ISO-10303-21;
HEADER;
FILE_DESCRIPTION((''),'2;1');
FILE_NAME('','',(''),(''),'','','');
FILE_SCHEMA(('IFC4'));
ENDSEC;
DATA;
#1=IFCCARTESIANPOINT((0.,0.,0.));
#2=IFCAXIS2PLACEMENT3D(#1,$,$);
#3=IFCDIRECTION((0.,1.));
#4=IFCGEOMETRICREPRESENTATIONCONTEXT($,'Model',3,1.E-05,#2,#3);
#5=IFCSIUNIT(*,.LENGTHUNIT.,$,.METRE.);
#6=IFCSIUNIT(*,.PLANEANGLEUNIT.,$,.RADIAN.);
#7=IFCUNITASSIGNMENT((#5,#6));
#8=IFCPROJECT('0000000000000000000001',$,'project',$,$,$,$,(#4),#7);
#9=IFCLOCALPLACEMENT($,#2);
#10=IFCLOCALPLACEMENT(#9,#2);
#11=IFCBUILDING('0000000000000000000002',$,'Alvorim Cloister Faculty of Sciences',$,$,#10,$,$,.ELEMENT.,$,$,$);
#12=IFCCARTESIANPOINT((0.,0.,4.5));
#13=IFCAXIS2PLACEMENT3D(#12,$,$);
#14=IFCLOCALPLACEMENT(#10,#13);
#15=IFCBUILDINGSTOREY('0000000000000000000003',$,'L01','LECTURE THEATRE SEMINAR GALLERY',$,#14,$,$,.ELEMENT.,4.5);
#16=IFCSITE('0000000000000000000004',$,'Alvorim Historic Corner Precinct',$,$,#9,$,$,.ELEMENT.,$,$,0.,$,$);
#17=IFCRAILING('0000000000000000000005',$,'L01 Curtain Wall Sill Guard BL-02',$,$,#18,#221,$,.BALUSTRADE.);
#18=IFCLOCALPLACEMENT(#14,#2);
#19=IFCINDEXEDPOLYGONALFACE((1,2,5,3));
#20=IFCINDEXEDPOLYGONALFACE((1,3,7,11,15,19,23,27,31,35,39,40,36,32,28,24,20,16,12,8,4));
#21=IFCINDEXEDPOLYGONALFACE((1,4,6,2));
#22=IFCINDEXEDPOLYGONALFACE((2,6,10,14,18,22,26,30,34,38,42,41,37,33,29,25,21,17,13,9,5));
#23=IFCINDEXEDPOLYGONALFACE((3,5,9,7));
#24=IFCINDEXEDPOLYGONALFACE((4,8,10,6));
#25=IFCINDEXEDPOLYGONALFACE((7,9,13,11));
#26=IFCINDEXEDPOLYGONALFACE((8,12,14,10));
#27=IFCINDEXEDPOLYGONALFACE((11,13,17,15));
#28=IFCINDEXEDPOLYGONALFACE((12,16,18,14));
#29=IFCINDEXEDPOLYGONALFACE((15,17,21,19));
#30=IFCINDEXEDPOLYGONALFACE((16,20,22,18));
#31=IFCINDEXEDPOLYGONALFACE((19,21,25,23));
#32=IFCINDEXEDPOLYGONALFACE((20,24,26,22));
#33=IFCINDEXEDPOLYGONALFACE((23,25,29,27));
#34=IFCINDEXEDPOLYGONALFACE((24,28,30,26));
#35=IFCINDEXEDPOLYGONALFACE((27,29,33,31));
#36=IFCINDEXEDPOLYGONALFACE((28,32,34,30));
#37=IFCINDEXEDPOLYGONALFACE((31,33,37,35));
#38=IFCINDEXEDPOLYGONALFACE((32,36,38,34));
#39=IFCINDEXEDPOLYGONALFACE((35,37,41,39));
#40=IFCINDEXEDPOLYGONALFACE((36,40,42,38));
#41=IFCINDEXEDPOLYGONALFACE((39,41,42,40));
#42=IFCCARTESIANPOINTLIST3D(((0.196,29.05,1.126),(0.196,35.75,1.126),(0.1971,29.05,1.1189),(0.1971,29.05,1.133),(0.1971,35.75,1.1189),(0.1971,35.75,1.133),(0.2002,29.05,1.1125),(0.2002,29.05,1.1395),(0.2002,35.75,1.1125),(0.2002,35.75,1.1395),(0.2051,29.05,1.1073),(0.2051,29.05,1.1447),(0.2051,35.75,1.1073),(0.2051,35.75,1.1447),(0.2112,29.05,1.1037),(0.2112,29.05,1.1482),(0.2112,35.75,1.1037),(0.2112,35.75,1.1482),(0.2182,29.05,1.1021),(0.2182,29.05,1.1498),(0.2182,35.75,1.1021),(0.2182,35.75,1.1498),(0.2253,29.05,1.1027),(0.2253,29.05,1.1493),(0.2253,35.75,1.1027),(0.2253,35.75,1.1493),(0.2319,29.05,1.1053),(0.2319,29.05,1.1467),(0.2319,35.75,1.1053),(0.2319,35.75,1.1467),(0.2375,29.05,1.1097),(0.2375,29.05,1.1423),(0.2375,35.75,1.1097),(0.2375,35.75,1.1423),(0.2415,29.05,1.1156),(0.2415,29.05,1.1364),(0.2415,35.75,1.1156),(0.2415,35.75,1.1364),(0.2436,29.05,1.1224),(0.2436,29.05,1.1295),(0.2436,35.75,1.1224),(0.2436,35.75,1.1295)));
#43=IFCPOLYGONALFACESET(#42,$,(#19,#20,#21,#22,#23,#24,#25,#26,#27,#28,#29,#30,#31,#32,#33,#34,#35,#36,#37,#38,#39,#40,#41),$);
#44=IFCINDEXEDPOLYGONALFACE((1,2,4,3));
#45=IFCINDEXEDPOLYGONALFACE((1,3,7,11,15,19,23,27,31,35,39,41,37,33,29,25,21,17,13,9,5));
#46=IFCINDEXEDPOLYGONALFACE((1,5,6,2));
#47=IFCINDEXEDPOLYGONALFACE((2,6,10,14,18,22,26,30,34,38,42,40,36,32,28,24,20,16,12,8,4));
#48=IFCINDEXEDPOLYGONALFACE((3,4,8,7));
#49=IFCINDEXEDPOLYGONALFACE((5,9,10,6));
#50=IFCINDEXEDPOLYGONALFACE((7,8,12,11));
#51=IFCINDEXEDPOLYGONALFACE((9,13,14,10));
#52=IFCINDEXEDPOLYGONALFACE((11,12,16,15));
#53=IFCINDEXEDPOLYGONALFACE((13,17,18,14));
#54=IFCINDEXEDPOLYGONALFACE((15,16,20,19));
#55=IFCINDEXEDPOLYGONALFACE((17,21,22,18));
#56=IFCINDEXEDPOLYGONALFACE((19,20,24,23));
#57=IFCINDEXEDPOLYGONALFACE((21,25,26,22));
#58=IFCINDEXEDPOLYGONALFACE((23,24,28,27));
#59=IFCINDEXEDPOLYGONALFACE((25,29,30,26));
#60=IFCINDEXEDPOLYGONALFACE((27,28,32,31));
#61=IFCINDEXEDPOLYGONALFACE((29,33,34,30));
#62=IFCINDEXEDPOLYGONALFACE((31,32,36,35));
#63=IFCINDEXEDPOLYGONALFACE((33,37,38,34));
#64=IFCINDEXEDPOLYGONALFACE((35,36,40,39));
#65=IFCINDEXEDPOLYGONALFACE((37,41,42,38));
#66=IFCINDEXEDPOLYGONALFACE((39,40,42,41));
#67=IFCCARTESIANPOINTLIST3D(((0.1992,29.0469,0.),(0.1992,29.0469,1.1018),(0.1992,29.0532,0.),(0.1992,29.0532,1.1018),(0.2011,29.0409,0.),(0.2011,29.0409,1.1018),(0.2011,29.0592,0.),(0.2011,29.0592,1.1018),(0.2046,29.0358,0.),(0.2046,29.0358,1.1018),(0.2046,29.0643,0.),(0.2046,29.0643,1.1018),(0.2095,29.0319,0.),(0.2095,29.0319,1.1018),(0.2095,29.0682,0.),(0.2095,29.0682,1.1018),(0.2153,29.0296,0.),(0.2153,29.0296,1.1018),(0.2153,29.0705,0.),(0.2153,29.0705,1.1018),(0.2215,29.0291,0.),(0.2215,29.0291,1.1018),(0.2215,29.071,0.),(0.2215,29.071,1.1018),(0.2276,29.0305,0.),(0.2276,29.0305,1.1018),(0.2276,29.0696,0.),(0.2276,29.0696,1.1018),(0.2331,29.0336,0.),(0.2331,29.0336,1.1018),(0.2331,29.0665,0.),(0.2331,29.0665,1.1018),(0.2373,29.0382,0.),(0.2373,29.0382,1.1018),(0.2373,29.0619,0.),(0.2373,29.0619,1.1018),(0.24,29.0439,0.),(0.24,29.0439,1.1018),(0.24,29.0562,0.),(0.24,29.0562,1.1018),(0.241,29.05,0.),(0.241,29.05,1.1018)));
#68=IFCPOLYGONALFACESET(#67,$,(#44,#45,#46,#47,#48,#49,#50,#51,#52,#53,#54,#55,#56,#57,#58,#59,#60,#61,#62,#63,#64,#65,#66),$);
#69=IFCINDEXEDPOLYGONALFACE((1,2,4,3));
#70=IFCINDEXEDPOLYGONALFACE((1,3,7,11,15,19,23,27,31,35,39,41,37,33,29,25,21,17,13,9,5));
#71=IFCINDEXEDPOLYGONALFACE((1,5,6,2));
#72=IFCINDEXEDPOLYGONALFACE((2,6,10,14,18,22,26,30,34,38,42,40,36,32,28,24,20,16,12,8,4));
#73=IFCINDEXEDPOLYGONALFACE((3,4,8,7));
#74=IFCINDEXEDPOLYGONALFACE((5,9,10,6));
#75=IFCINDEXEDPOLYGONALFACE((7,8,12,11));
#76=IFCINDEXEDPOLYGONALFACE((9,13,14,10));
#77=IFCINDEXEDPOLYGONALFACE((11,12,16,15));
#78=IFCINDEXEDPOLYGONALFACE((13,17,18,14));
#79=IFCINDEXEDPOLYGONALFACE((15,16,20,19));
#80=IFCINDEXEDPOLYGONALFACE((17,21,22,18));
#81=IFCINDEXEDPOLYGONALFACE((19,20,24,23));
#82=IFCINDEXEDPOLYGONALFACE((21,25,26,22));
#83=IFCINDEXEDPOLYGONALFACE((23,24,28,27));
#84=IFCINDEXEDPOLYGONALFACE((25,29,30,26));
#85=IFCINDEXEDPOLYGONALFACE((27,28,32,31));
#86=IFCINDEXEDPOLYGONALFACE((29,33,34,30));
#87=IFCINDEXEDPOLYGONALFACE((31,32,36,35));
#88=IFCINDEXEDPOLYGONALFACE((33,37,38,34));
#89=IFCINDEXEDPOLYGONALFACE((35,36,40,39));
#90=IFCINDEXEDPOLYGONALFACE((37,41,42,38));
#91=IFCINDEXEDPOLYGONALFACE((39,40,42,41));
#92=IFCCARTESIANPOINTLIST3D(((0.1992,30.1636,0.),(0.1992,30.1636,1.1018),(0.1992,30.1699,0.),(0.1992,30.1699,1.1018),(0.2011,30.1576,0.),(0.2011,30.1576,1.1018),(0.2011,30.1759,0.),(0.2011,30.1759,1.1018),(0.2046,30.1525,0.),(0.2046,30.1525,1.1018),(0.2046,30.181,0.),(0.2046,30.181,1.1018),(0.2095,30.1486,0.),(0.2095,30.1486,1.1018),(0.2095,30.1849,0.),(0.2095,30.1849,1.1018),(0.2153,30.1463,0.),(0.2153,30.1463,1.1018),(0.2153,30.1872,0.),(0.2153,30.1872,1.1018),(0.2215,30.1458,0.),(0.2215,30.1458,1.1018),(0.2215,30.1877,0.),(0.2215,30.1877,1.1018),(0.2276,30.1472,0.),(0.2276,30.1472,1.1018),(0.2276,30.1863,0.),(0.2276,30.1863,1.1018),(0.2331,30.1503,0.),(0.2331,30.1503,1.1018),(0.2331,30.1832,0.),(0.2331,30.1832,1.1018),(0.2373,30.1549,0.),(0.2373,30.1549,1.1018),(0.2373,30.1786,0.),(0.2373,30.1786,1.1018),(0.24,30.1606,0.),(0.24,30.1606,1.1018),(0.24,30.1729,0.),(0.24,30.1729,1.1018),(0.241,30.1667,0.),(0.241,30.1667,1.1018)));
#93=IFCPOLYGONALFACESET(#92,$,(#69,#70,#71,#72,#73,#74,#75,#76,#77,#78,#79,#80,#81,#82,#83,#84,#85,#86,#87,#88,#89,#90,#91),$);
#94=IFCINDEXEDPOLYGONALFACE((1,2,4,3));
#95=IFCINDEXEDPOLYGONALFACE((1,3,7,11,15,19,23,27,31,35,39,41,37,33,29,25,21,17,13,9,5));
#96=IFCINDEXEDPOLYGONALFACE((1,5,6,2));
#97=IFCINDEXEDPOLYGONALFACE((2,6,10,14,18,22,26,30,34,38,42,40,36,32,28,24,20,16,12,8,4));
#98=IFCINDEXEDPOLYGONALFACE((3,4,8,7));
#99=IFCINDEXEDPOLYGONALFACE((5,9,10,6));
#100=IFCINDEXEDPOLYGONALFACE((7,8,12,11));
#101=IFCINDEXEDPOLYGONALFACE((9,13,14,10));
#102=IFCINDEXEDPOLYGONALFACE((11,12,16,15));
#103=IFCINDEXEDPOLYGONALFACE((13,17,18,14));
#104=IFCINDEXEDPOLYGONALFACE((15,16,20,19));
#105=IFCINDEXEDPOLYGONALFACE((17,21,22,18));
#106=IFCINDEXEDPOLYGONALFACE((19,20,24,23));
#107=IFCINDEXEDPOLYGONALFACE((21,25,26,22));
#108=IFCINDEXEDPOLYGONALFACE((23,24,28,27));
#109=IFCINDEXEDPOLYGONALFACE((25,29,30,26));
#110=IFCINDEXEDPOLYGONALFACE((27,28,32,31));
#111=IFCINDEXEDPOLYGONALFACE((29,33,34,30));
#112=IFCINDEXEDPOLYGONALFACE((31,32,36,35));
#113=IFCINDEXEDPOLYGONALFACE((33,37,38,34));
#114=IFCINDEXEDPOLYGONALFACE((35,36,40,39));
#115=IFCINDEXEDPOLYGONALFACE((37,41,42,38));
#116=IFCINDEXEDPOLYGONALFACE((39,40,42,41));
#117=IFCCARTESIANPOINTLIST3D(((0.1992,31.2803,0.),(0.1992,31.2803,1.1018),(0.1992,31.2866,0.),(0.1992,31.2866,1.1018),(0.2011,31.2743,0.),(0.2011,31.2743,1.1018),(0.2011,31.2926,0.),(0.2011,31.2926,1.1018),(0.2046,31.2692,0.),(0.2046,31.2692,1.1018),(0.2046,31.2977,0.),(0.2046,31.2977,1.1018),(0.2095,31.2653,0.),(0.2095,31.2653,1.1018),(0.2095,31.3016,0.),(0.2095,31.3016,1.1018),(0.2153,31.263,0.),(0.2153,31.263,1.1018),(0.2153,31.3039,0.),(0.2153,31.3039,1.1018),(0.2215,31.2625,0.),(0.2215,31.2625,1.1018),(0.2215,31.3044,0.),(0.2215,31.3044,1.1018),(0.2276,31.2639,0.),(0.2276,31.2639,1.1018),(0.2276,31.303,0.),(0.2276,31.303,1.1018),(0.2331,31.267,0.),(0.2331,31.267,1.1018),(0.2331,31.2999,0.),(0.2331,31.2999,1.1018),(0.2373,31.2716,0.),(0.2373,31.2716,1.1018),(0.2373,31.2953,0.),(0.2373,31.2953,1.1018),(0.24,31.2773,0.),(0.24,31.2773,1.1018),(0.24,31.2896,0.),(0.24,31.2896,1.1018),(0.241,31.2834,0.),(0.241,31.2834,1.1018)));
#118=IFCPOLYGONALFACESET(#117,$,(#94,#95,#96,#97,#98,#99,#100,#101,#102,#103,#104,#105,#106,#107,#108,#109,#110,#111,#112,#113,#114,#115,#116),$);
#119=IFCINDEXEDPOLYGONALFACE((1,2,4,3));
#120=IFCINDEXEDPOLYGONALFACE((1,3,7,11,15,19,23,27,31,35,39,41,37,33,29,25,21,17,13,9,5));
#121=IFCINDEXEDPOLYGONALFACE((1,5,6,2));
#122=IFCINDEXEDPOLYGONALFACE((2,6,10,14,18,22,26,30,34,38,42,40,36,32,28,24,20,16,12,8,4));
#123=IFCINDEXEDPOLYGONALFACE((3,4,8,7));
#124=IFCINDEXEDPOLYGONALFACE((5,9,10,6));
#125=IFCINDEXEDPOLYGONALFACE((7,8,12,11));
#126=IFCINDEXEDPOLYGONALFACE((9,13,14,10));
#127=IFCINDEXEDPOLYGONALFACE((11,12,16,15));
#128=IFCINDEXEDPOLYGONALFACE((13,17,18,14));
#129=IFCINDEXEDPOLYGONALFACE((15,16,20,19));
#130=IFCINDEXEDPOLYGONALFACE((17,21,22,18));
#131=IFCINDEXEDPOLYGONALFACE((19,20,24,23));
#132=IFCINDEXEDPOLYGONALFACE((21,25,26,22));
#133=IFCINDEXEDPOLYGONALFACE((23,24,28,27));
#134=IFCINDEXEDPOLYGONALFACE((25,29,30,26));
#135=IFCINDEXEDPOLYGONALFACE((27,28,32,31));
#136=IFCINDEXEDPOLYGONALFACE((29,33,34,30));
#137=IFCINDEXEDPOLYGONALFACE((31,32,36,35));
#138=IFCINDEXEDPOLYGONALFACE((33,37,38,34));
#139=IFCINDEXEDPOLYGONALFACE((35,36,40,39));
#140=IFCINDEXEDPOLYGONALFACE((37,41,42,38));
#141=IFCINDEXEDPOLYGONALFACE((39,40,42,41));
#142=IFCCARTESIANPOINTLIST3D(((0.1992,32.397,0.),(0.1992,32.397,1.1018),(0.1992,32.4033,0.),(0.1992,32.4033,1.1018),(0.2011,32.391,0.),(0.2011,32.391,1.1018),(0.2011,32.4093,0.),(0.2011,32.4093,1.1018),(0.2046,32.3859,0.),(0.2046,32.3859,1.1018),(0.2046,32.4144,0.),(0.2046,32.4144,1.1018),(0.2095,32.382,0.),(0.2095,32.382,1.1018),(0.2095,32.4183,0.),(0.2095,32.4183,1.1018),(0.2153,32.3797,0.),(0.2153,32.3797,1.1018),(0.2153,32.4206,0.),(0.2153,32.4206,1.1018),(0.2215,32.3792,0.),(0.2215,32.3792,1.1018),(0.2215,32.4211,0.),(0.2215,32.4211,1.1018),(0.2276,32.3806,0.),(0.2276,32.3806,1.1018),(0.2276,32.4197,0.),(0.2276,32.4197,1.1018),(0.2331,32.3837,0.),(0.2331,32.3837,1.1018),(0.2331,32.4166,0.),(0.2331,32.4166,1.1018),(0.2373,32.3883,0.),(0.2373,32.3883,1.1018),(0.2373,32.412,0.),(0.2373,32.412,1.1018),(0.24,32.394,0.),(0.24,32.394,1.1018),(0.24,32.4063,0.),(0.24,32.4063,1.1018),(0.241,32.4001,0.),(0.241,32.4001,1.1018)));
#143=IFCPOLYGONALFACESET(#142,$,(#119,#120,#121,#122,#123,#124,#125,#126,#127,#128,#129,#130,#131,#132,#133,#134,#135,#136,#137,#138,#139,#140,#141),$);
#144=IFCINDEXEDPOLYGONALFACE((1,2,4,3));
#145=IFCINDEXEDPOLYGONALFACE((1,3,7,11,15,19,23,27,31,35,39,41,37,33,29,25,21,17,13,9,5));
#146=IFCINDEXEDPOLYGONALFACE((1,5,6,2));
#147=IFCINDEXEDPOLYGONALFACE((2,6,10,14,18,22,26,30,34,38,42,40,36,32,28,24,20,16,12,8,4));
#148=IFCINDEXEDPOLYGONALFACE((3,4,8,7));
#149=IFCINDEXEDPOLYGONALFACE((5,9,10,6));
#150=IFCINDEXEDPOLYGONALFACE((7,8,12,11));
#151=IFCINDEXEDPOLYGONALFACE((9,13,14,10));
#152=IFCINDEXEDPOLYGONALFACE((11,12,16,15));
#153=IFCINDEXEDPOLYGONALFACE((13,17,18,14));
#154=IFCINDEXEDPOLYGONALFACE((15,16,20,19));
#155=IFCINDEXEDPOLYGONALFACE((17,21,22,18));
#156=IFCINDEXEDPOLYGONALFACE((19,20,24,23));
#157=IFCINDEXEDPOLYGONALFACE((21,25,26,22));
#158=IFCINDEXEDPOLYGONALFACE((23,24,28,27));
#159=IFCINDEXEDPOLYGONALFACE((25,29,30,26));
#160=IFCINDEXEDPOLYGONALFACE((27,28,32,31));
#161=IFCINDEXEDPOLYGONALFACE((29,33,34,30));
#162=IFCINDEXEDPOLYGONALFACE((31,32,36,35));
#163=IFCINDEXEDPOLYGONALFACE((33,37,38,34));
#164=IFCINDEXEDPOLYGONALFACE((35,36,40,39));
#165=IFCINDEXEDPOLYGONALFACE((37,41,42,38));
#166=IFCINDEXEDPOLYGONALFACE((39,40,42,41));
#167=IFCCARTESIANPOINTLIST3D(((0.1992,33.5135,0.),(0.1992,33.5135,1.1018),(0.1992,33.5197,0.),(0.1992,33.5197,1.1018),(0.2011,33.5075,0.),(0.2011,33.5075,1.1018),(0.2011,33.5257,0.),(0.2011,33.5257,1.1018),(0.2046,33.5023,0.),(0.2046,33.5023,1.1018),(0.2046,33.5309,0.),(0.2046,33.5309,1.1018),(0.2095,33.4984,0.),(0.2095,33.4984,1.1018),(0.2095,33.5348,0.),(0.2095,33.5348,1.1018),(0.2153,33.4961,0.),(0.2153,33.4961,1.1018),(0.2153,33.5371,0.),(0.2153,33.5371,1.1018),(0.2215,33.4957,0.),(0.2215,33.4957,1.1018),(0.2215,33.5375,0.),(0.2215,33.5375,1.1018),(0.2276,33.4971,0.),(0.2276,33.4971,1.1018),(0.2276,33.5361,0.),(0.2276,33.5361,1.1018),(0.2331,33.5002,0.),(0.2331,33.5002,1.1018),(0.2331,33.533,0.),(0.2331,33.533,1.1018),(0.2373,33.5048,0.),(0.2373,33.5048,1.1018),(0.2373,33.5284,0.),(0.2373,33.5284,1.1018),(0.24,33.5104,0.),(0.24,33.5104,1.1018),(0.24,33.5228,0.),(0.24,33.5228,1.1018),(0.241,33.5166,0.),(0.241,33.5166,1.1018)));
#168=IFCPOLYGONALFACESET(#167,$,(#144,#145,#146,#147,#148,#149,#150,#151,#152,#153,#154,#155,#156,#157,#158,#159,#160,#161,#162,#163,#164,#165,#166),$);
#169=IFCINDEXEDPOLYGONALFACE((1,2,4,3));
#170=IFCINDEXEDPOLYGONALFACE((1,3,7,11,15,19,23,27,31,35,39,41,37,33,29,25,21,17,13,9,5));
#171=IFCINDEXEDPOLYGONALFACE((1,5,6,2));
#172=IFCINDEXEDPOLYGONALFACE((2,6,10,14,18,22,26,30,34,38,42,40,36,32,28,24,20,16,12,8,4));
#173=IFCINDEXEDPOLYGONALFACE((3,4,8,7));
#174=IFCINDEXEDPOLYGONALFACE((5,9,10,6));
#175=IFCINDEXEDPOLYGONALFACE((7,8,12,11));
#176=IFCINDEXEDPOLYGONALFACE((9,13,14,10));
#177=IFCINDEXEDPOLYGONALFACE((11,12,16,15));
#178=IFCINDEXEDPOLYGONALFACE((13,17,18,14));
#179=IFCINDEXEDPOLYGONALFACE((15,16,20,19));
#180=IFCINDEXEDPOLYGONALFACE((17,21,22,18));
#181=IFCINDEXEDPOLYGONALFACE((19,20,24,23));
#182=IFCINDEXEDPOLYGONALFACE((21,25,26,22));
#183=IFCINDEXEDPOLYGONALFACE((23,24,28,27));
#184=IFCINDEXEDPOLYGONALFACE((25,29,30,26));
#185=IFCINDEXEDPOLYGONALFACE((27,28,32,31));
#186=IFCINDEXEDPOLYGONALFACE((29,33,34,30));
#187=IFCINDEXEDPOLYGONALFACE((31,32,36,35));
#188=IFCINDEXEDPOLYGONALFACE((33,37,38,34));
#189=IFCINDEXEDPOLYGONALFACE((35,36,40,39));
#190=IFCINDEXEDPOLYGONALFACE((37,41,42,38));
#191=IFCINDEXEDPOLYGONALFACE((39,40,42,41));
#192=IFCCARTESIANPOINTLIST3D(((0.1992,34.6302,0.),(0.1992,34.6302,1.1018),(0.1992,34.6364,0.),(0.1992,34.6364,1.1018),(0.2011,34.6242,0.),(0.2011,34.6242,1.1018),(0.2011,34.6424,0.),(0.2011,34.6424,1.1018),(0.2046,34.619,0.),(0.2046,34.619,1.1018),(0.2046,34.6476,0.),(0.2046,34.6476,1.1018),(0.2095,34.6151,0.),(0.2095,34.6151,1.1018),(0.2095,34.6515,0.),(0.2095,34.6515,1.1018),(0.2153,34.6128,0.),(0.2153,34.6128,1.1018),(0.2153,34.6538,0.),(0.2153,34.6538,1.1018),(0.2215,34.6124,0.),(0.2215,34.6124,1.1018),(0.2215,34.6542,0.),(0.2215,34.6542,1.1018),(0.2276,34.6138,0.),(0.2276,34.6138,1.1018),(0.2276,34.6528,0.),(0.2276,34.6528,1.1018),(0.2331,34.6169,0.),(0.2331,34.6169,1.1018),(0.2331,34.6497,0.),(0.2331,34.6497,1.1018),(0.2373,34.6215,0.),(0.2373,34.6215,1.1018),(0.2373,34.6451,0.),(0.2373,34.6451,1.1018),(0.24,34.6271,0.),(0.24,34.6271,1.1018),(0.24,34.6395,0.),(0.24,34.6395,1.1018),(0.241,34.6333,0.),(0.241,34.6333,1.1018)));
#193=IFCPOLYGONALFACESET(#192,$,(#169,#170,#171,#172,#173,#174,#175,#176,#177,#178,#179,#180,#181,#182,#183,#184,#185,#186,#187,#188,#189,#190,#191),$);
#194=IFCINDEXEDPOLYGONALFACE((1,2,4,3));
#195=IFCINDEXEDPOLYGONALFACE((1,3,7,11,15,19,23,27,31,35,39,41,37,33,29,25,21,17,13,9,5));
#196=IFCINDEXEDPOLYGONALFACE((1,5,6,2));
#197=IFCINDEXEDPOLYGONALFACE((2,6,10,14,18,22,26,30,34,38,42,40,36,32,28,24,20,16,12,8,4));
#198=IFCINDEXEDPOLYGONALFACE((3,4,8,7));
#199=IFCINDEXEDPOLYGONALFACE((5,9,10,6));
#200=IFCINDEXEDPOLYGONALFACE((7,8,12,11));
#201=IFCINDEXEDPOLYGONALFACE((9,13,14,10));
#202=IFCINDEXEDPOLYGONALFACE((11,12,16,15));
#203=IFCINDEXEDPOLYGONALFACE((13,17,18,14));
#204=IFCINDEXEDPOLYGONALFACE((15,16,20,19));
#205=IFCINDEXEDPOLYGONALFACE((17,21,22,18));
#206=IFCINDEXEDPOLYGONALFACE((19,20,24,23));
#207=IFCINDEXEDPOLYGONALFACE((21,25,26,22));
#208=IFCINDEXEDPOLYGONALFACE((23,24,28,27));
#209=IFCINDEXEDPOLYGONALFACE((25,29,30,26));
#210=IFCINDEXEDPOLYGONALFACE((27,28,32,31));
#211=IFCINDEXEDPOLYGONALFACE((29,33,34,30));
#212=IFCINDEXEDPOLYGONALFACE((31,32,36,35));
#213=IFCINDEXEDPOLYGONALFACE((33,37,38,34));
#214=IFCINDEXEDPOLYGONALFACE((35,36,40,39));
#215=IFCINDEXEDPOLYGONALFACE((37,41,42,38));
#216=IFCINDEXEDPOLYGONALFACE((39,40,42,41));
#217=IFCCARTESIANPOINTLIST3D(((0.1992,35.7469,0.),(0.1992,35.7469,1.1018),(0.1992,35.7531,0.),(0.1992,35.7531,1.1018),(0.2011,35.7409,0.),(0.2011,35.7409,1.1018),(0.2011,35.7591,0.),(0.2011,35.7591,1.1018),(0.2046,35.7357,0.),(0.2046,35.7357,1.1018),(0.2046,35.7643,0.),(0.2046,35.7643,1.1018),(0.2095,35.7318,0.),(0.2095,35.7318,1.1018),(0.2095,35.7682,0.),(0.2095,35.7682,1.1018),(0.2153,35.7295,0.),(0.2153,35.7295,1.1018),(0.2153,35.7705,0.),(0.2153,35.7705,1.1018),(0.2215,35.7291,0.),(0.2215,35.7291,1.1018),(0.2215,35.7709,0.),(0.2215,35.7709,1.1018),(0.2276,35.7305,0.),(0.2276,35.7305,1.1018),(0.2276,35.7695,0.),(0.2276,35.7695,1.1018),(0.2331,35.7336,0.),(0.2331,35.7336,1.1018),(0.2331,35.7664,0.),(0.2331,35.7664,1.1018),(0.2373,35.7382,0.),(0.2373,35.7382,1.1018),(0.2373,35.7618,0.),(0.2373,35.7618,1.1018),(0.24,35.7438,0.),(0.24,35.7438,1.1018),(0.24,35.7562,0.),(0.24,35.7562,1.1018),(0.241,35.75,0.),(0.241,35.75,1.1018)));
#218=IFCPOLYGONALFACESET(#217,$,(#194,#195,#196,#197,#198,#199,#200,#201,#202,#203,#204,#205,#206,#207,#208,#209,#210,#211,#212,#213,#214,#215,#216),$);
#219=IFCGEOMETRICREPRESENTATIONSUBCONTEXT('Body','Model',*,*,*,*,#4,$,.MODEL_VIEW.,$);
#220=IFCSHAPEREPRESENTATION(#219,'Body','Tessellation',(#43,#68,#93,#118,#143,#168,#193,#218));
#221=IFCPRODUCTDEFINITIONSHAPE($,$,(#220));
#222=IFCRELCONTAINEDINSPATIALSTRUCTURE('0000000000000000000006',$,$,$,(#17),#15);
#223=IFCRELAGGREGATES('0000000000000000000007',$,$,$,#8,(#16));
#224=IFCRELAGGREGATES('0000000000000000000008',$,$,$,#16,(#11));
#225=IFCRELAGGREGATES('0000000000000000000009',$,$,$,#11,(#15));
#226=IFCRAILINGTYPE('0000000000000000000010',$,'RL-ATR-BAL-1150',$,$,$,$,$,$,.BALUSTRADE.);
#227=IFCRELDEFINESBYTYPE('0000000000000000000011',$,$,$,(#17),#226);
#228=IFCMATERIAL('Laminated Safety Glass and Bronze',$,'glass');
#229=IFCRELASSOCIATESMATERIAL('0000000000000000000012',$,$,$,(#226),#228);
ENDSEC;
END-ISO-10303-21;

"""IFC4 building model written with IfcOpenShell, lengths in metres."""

from ifc_helpers import new_model, si_unit, direction, frame, origin, origin_2d, place, context, subcontext, project, spatial, circle, extrude, material, type_object, element, save


model = new_model("IFC4")

# Units and contexts
model_context = context("Model", 3, precision=1e-05, world=origin(), true_north=direction((0.0, 1.0)))
body_context = subcontext(model_context, "Body", "Model", "MODEL_VIEW")
ifc_project = project(units=[si_unit("LENGTHUNIT", "METRE"), si_unit("PLANEANGLEUNIT", "RADIAN")], contexts=[model_context])

# Site, building, storey
site_placement = place(None, origin())
site = spatial("IfcSite", under=ifc_project, at=site_placement, Name="Alvorim Historic Corner Precinct", CompositionType="ELEMENT", RefElevation=0.0)
building_placement = place(site_placement, origin())
building = spatial("IfcBuilding", under=site, at=building_placement, Name="Alvorim Cloister Faculty of Sciences", CompositionType="ELEMENT")
storey_placement = place(building_placement, frame((0.0, 0.0, 4.5)))
storey = spatial("IfcBuildingStorey", under=building, at=storey_placement, Name="L01", Description="LECTURE THEATRE SEMINAR GALLERY", CompositionType="ELEMENT", Elevation=4.5)

# Railing
ifc_material_1 = material(Name="Laminated Safety Glass and Bronze", Category="glass")
railing_type = type_object("IfcRailingType", Name="RL-ATR-BAL-1150", PredefinedType="BALUSTRADE", material=ifc_material_1)
for number, where, name in (
    (1, (0.22, 29.05, 0.0), "L01 Curtain Wall Sill Guard BL-02"),
):
    element("IfcRailing", number, at=place(storey_placement, frame(where)), inside=storey, type_object=railing_type, Name=name, PredefinedType="BALUSTRADE", context=body_context, shape_type="SweptSolid", body=[
        extrude(circle(Radius=0.0239, at=origin_2d()), frame((0.0, 0.0, 1.126), z_axis=(0.0, 1.0, 0.0), x_axis=(-1.0, 0.0, 0.0)), (0.0, 0.0, 1.0), 6.7),
        extrude(circle(Radius=0.021, at=origin_2d()), origin(), (0.0, 0.0, 1.0), 1.1018),
        extrude(circle(Radius=0.021, at=origin_2d()), frame((0.0, 1.1167, 0.0)), (0.0, 0.0, 1.0), 1.1018),
        extrude(circle(Radius=0.021, at=origin_2d()), frame((0.0, 2.2334, 0.0)), (0.0, 0.0, 1.0), 1.1018),
        extrude(circle(Radius=0.021, at=origin_2d()), frame((0.0, 3.3501, 0.0)), (0.0, 0.0, 1.0), 1.1018),
        extrude(circle(Radius=0.021, at=origin_2d()), frame((0.0, 4.4666, 0.0)), (0.0, 0.0, 1.0), 1.1018),
        extrude(circle(Radius=0.021, at=origin_2d()), frame((0.0, 5.5833, 0.0)), (0.0, 0.0, 1.0), 1.1018),
        extrude(circle(Radius=0.021, at=origin_2d()), frame((0.0, 6.7, 0.0)), (0.0, 0.0, 1.0), 1.1018),
    ])

save(model, "model.ifc")
